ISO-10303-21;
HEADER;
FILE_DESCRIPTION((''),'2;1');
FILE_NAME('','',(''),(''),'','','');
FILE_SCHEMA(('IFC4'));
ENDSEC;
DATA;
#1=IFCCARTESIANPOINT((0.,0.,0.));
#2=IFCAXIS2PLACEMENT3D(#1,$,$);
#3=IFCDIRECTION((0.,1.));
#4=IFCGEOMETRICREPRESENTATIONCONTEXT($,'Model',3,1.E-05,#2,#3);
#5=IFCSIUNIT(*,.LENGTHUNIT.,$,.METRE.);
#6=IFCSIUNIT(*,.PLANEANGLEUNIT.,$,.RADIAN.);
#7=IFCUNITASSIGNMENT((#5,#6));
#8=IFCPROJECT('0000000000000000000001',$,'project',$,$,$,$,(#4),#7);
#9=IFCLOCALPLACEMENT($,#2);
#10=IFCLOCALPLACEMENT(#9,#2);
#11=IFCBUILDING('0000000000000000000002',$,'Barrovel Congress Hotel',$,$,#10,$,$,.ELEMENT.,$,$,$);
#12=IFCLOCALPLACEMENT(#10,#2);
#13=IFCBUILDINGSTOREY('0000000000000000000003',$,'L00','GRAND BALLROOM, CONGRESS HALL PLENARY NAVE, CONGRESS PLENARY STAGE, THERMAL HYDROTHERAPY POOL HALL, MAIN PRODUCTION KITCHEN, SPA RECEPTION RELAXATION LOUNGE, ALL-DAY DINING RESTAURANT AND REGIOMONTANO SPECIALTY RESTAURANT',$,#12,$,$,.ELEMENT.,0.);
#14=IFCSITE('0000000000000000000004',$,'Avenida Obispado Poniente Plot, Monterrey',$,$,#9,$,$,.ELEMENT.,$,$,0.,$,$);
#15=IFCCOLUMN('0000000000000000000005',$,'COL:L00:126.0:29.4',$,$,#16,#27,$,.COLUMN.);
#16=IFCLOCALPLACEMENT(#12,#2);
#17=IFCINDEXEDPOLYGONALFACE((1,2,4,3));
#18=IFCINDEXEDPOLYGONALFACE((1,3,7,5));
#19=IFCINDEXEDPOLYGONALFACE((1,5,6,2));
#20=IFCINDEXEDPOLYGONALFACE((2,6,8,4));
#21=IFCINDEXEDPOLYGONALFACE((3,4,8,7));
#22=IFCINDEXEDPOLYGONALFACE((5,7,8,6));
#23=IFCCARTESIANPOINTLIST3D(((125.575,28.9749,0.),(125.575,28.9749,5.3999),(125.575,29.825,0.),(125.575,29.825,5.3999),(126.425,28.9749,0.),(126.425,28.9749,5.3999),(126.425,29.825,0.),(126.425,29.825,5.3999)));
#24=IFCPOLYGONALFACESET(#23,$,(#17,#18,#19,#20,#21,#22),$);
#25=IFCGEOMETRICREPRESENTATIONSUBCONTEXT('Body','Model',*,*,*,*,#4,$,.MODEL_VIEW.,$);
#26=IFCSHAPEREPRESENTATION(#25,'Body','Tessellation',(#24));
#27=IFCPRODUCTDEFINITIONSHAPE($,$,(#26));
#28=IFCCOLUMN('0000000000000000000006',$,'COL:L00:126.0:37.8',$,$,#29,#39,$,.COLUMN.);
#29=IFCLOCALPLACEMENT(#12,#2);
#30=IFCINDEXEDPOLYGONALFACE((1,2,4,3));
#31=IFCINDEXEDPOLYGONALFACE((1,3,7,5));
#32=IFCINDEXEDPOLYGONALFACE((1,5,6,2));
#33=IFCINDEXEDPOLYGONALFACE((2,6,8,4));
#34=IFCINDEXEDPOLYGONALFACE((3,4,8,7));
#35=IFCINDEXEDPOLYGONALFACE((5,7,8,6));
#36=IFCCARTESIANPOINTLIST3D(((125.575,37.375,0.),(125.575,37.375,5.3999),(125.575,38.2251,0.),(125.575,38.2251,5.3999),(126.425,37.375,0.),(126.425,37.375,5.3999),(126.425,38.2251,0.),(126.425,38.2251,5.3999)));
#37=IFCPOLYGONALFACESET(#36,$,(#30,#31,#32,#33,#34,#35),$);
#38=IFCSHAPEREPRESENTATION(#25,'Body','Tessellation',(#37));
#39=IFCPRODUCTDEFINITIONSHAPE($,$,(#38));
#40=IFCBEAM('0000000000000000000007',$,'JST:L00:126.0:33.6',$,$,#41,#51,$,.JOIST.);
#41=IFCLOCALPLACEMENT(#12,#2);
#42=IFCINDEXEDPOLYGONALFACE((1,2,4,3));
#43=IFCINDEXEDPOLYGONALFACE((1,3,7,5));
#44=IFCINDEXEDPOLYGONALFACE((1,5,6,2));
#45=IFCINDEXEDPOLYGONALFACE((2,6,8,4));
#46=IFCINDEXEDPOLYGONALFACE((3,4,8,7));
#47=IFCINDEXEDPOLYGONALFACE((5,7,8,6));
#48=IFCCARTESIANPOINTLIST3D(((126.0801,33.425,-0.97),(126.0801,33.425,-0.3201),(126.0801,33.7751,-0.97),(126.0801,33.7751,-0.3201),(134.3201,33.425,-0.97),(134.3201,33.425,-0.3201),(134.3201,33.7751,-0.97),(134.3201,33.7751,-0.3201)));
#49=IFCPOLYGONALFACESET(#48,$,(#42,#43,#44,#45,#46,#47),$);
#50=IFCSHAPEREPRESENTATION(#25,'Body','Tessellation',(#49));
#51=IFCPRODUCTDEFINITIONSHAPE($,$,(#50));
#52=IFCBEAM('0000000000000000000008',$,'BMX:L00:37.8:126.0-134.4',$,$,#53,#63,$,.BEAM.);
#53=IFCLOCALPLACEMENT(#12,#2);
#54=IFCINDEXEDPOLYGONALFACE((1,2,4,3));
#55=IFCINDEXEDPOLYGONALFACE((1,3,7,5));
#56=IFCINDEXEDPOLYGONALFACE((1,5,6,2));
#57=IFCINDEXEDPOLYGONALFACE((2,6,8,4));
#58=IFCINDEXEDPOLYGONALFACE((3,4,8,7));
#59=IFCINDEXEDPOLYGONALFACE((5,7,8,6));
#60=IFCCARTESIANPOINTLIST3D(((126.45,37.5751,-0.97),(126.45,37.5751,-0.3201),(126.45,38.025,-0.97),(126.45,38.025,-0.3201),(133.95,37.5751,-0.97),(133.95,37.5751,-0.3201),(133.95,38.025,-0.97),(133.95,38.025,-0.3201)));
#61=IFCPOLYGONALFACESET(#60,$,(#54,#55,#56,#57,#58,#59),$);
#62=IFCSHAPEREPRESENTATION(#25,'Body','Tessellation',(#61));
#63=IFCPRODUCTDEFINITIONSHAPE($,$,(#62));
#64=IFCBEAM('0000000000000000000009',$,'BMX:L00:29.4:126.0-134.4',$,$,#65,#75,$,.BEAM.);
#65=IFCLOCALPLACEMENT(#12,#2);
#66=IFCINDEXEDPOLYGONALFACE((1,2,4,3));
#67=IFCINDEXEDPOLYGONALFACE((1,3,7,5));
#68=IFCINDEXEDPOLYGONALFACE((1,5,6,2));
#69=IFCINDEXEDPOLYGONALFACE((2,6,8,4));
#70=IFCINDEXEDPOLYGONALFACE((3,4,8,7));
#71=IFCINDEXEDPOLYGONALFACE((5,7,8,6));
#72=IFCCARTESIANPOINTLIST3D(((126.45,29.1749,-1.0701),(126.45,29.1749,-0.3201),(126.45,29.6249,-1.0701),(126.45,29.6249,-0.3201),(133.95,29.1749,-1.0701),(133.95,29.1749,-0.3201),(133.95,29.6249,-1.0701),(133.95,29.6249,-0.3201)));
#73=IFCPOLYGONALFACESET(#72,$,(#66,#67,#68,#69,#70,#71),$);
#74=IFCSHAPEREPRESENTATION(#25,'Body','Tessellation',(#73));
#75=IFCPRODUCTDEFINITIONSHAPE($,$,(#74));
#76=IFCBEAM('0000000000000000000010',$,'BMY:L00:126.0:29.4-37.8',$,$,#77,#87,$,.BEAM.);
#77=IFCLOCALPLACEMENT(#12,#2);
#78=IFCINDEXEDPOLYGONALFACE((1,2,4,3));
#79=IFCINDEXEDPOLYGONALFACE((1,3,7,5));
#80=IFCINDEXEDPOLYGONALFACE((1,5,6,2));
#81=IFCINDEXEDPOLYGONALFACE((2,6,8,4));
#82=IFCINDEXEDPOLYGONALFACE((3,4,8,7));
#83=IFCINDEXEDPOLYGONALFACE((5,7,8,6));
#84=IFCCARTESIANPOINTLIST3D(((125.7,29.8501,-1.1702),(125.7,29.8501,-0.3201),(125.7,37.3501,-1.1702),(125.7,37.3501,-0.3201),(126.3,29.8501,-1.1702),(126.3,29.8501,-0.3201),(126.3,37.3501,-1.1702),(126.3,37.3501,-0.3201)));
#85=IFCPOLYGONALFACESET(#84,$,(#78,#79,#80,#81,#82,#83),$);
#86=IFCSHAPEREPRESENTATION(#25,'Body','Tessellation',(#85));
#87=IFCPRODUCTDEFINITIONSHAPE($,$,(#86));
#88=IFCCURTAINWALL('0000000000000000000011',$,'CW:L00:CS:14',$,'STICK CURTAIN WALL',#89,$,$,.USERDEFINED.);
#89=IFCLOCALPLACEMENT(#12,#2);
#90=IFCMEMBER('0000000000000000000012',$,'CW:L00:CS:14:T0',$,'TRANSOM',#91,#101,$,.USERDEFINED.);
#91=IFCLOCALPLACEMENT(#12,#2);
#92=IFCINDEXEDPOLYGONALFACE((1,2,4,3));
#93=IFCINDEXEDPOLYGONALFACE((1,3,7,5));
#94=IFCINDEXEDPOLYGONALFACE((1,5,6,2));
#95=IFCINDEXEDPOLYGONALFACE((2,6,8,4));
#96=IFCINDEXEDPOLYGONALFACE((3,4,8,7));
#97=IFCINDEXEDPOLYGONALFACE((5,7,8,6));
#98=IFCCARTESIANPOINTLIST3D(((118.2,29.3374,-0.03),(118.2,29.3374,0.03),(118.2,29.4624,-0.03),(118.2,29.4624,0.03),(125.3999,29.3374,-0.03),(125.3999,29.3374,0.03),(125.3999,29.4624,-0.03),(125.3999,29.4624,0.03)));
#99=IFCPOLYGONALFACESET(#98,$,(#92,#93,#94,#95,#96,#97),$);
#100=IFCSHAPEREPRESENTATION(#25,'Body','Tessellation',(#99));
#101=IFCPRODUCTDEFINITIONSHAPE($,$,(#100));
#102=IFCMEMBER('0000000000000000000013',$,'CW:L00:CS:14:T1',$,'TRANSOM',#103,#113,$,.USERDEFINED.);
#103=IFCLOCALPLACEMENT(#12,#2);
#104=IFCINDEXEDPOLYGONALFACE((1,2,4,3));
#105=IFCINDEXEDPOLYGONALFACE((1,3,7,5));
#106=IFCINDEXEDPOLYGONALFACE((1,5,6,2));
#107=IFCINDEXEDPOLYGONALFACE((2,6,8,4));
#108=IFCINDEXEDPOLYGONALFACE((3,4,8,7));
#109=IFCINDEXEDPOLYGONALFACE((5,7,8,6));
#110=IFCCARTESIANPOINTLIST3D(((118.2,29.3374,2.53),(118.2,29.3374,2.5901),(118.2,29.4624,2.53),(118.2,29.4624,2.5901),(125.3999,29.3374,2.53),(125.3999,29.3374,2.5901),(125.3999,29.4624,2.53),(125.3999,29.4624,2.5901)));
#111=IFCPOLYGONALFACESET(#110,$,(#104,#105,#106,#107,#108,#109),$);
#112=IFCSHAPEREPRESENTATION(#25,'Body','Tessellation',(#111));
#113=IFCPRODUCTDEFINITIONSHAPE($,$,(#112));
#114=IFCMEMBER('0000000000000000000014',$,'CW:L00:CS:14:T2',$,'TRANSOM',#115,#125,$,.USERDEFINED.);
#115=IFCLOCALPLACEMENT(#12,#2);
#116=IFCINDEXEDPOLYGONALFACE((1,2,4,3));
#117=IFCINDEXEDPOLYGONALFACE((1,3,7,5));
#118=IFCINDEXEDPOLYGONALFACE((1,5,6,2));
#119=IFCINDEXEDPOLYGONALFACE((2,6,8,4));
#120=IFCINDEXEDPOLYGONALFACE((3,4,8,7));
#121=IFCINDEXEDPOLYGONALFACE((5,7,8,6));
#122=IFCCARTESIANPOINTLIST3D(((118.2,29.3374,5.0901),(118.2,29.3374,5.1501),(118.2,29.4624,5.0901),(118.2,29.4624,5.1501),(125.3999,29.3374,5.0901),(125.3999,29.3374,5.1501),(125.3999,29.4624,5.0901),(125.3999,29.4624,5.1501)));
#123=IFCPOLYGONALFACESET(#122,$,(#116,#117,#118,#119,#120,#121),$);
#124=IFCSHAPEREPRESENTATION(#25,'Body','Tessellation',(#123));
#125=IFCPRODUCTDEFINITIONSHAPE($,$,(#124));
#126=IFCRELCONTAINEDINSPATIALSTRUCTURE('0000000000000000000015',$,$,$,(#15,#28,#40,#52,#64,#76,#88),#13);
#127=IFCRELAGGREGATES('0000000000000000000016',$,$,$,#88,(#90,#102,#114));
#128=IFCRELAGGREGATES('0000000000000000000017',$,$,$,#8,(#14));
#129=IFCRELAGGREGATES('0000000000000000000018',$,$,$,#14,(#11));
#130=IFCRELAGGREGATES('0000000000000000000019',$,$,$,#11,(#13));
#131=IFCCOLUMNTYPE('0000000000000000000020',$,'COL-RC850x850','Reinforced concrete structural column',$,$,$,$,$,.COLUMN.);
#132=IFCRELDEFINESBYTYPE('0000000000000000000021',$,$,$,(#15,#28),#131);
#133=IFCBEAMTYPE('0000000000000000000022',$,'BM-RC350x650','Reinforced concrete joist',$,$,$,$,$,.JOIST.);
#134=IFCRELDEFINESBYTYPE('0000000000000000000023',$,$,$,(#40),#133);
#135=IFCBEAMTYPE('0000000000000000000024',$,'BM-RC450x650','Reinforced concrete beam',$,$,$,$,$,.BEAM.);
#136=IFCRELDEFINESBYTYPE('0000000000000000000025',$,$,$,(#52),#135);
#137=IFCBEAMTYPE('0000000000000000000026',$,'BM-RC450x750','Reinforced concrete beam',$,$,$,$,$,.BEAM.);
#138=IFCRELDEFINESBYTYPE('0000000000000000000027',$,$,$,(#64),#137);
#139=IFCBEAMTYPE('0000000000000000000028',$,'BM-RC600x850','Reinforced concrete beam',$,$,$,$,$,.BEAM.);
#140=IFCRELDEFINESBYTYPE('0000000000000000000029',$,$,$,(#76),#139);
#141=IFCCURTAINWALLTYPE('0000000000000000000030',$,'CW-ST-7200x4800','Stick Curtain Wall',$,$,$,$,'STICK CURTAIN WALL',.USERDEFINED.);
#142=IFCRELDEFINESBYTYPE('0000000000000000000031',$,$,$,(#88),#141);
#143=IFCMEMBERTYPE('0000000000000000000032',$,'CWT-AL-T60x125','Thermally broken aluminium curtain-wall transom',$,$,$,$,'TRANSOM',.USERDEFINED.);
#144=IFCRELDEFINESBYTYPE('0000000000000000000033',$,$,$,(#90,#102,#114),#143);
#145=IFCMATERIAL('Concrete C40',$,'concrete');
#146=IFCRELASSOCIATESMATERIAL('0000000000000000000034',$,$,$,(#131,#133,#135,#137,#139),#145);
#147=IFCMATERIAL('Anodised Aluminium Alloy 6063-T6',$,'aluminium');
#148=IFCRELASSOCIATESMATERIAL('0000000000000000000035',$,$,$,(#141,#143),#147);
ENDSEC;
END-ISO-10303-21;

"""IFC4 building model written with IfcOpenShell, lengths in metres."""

from ifc_helpers import new_model, si_unit, direction, frame, origin, origin_2d, place, context, subcontext, project, spatial, rectangle, extrude, material, material_profile, profile_set, type_object, element, aggregate, save


model = new_model("IFC4")

# Units and contexts
model_context = context("Model", 3, precision=1e-05, world=origin(), true_north=direction((0.0, 1.0)))
body_context = subcontext(model_context, "Body", "Model", "MODEL_VIEW")
ifc_project = project(units=[si_unit("LENGTHUNIT", "METRE"), si_unit("PLANEANGLEUNIT", "RADIAN")], contexts=[model_context])

# Site, building, storey
site_placement = place(None, origin())
site = spatial("IfcSite", under=ifc_project, at=site_placement, Name="Avenida Obispado Poniente Plot, Monterrey", CompositionType="ELEMENT", RefElevation=0.0)
building_placement = place(site_placement, origin())
building = spatial("IfcBuilding", under=site, at=building_placement, Name="Barrovel Congress Hotel", CompositionType="ELEMENT")
storey_placement = place(building_placement, origin())
storey = spatial("IfcBuildingStorey", under=building, at=storey_placement, Name="L00", Description="GRAND BALLROOM, CONGRESS HALL PLENARY NAVE, CONGRESS PLENARY STAGE, THERMAL HYDROTHERAPY POOL HALL, MAIN PRODUCTION KITCHEN, SPA RECEPTION RELAXATION LOUNGE, ALL-DAY DINING RESTAURANT AND REGIOMONTANO SPECIALTY RESTAURANT", CompositionType="ELEMENT", Elevation=0.0)

# Columns
ifc_material_1 = material(Name="Concrete C40", Category="concrete")
ifc_material_profile_1 = material_profile(ifc_material_1, rectangle(XDim=0.8501, YDim=0.8501, at=origin_2d()), Name="RC850x850")
ifc_profile_set_1 = profile_set([ifc_material_profile_1], Name="Concrete C40")
column_type = type_object("IfcColumnType", Name="COL-RC850x850", Description="Reinforced concrete structural column", PredefinedType="COLUMN", material=ifc_profile_set_1)
for number, where, z_axis, x_axis, name in (
    (1, (126.0, 29.3999, 0.0), (0.0, 0.0, 1.0), (1.0, 0.0, 0.0), "COL:L00:126.0:29.4"),
    (2, (126.0, 37.8, 0.0), (0.0, 0.0, 1.0), (1.0, 0.0, 0.0), "COL:L00:126.0:37.8"),
):
    element("IfcColumn", number, at=place(storey_placement, frame(where, z_axis=z_axis, x_axis=x_axis)), inside=storey, type_object=column_type, Name=name, PredefinedType="COLUMN", context=body_context, shape_type="SweptSolid", body=[
        extrude(rectangle(XDim=0.8501, YDim=0.8501, at=origin_2d()), origin(), (0.0, 0.0, 1.0), 5.3999),
    ])

# Beams
ifc_material_profile_2 = material_profile(ifc_material_1, rectangle(XDim=0.3501, YDim=0.6499, at=origin_2d()), Name="RC350x650")
ifc_profile_set_2 = profile_set([ifc_material_profile_2], Name="Concrete C40")
beam_type_1 = type_object("IfcBeamType", Name="BM-RC350x650", Description="Reinforced concrete joist", PredefinedType="JOIST", material=ifc_profile_set_2)
beam_1_placement = place(storey_placement, frame((126.0801, 33.6001, -0.645), z_axis=(1.0, 0.0, 0.0), x_axis=(0.0, 1.0, 0.0)))
element("IfcBeam", 3, at=beam_1_placement, inside=storey, type_object=beam_type_1, Name="JST:L00:126.0:33.6", PredefinedType="JOIST", context=body_context, shape_type="SweptSolid", body=[
    extrude(rectangle(XDim=0.3501, YDim=0.6499, at=origin_2d()), origin(), (0.0, 0.0, 1.0), 8.24),
])
ifc_material_profile_3 = material_profile(ifc_material_1, rectangle(XDim=0.45, YDim=0.6499, at=origin_2d()), Name="RC450x650")
ifc_profile_set_3 = profile_set([ifc_material_profile_3], Name="Concrete C40")
beam_type_2 = type_object("IfcBeamType", Name="BM-RC450x650", Description="Reinforced concrete beam", PredefinedType="BEAM", material=ifc_profile_set_3)
beam_2_placement = place(storey_placement, frame((126.45, 37.8, -0.645), z_axis=(1.0, 0.0, 0.0), x_axis=(0.0, 1.0, 0.0)))
element("IfcBeam", 4, at=beam_2_placement, inside=storey, type_object=beam_type_2, Name="BMX:L00:37.8:126.0-134.4", PredefinedType="BEAM", context=body_context, shape_type="SweptSolid", body=[
    extrude(rectangle(XDim=0.45, YDim=0.6499, at=origin_2d()), origin(), (0.0, 0.0, 1.0), 7.5),
])
ifc_material_profile_4 = material_profile(ifc_material_1, rectangle(XDim=0.45, YDim=0.75, at=origin_2d()), Name="RC450x750")
ifc_profile_set_4 = profile_set([ifc_material_profile_4], Name="Concrete C40")
beam_type_3 = type_object("IfcBeamType", Name="BM-RC450x750", Description="Reinforced concrete beam", PredefinedType="BEAM", material=ifc_profile_set_4)
beam_3_placement = place(storey_placement, frame((126.45, 29.3999, -0.6951), z_axis=(1.0, 0.0, 0.0), x_axis=(0.0, 1.0, 0.0)))
element("IfcBeam", 5, at=beam_3_placement, inside=storey, type_object=beam_type_3, Name="BMX:L00:29.4:126.0-134.4", PredefinedType="BEAM", context=body_context, shape_type="SweptSolid", body=[
    extrude(rectangle(XDim=0.45, YDim=0.75, at=origin_2d()), origin(), (0.0, 0.0, 1.0), 7.5),
])
ifc_material_profile_5 = material_profile(ifc_material_1, rectangle(XDim=0.6001, YDim=0.8501, at=origin_2d()), Name="RC600x850")
ifc_profile_set_5 = profile_set([ifc_material_profile_5], Name="Concrete C40")
beam_type_4 = type_object("IfcBeamType", Name="BM-RC600x850", Description="Reinforced concrete beam", PredefinedType="BEAM", material=ifc_profile_set_5)
beam_4_placement = place(storey_placement, frame((126.0, 29.8501, -0.7451), z_axis=(0.0, 1.0, 0.0), x_axis=(-1.0, 0.0, 0.0)))
element("IfcBeam", 6, at=beam_4_placement, inside=storey, type_object=beam_type_4, Name="BMY:L00:126.0:29.4-37.8", PredefinedType="BEAM", context=body_context, shape_type="SweptSolid", body=[
    extrude(rectangle(XDim=0.6001, YDim=0.8501, at=origin_2d()), origin(), (0.0, 0.0, 1.0), 7.5),
])

# Curtain wall, members
ifc_material_2 = material(Name="Anodised Aluminium Alloy 6063-T6", Category="aluminium")
curtain_wall_type = type_object("IfcCurtainWallType", Name="CW-ST-7200x4800", Description="Stick Curtain Wall", ElementType="STICK CURTAIN WALL", PredefinedType="USERDEFINED", material=ifc_material_2)
curtain_wall_placement = place(storey_placement, origin())
curtain_wall = element("IfcCurtainWall", 7, at=curtain_wall_placement, inside=storey, type_object=curtain_wall_type, Name="CW:L00:CS:14", ObjectType="STICK CURTAIN WALL", PredefinedType="USERDEFINED")
ifc_material_profile_6 = material_profile(ifc_material_2, rectangle(XDim=0.125, YDim=0.0601, at=origin_2d()), Name="AL-T60x125")
ifc_profile_set_6 = profile_set([ifc_material_profile_6], Name="Anodised Aluminium Alloy 6063-T6")
member_type_1 = type_object("IfcMemberType", Name="CWT-AL-T60x125", Description="Thermally broken aluminium curtain-wall transom", ElementType="TRANSOM", PredefinedType="USERDEFINED", material=ifc_profile_set_6)
member_1_placement = place(storey_placement, frame((125.3999, 29.3999, 0.0), z_axis=(-1.0, 0.0, 0.0), x_axis=(0.0, -1.0, 0.0)))
member_1 = element("IfcMember", 8, at=member_1_placement, type_object=member_type_1, Name="CW:L00:CS:14:T0", ObjectType="TRANSOM", PredefinedType="USERDEFINED", context=body_context, shape_type="SweptSolid", body=[
    extrude(rectangle(XDim=0.125, YDim=0.0601, at=origin_2d()), origin(), (0.0, 0.0, 1.0), 7.2),
])
member_2_placement = place(storey_placement, frame((125.3999, 29.3999, 2.5601), z_axis=(-1.0, 0.0, 0.0), x_axis=(0.0, -1.0, 0.0)))
member_2 = element("IfcMember", 9, at=member_2_placement, type_object=member_type_1, Name="CW:L00:CS:14:T1", ObjectType="TRANSOM", PredefinedType="USERDEFINED", context=body_context, shape_type="SweptSolid", body=[
    extrude(rectangle(XDim=0.125, YDim=0.0601, at=origin_2d()), origin(), (0.0, 0.0, 1.0), 7.2),
])
member_3_placement = place(storey_placement, frame((125.3999, 29.3999, 5.1201), z_axis=(-1.0, 0.0, 0.0), x_axis=(0.0, -1.0, 0.0)))
member_3 = element("IfcMember", 10, at=member_3_placement, type_object=member_type_1, Name="CW:L00:CS:14:T2", ObjectType="TRANSOM", PredefinedType="USERDEFINED", context=body_context, shape_type="SweptSolid", body=[
    extrude(rectangle(XDim=0.125, YDim=0.0601, at=origin_2d()), origin(), (0.0, 0.0, 1.0), 7.2),
])
aggregate(curtain_wall, [member_1, member_2, member_3])

save(model, "model.ifc")
